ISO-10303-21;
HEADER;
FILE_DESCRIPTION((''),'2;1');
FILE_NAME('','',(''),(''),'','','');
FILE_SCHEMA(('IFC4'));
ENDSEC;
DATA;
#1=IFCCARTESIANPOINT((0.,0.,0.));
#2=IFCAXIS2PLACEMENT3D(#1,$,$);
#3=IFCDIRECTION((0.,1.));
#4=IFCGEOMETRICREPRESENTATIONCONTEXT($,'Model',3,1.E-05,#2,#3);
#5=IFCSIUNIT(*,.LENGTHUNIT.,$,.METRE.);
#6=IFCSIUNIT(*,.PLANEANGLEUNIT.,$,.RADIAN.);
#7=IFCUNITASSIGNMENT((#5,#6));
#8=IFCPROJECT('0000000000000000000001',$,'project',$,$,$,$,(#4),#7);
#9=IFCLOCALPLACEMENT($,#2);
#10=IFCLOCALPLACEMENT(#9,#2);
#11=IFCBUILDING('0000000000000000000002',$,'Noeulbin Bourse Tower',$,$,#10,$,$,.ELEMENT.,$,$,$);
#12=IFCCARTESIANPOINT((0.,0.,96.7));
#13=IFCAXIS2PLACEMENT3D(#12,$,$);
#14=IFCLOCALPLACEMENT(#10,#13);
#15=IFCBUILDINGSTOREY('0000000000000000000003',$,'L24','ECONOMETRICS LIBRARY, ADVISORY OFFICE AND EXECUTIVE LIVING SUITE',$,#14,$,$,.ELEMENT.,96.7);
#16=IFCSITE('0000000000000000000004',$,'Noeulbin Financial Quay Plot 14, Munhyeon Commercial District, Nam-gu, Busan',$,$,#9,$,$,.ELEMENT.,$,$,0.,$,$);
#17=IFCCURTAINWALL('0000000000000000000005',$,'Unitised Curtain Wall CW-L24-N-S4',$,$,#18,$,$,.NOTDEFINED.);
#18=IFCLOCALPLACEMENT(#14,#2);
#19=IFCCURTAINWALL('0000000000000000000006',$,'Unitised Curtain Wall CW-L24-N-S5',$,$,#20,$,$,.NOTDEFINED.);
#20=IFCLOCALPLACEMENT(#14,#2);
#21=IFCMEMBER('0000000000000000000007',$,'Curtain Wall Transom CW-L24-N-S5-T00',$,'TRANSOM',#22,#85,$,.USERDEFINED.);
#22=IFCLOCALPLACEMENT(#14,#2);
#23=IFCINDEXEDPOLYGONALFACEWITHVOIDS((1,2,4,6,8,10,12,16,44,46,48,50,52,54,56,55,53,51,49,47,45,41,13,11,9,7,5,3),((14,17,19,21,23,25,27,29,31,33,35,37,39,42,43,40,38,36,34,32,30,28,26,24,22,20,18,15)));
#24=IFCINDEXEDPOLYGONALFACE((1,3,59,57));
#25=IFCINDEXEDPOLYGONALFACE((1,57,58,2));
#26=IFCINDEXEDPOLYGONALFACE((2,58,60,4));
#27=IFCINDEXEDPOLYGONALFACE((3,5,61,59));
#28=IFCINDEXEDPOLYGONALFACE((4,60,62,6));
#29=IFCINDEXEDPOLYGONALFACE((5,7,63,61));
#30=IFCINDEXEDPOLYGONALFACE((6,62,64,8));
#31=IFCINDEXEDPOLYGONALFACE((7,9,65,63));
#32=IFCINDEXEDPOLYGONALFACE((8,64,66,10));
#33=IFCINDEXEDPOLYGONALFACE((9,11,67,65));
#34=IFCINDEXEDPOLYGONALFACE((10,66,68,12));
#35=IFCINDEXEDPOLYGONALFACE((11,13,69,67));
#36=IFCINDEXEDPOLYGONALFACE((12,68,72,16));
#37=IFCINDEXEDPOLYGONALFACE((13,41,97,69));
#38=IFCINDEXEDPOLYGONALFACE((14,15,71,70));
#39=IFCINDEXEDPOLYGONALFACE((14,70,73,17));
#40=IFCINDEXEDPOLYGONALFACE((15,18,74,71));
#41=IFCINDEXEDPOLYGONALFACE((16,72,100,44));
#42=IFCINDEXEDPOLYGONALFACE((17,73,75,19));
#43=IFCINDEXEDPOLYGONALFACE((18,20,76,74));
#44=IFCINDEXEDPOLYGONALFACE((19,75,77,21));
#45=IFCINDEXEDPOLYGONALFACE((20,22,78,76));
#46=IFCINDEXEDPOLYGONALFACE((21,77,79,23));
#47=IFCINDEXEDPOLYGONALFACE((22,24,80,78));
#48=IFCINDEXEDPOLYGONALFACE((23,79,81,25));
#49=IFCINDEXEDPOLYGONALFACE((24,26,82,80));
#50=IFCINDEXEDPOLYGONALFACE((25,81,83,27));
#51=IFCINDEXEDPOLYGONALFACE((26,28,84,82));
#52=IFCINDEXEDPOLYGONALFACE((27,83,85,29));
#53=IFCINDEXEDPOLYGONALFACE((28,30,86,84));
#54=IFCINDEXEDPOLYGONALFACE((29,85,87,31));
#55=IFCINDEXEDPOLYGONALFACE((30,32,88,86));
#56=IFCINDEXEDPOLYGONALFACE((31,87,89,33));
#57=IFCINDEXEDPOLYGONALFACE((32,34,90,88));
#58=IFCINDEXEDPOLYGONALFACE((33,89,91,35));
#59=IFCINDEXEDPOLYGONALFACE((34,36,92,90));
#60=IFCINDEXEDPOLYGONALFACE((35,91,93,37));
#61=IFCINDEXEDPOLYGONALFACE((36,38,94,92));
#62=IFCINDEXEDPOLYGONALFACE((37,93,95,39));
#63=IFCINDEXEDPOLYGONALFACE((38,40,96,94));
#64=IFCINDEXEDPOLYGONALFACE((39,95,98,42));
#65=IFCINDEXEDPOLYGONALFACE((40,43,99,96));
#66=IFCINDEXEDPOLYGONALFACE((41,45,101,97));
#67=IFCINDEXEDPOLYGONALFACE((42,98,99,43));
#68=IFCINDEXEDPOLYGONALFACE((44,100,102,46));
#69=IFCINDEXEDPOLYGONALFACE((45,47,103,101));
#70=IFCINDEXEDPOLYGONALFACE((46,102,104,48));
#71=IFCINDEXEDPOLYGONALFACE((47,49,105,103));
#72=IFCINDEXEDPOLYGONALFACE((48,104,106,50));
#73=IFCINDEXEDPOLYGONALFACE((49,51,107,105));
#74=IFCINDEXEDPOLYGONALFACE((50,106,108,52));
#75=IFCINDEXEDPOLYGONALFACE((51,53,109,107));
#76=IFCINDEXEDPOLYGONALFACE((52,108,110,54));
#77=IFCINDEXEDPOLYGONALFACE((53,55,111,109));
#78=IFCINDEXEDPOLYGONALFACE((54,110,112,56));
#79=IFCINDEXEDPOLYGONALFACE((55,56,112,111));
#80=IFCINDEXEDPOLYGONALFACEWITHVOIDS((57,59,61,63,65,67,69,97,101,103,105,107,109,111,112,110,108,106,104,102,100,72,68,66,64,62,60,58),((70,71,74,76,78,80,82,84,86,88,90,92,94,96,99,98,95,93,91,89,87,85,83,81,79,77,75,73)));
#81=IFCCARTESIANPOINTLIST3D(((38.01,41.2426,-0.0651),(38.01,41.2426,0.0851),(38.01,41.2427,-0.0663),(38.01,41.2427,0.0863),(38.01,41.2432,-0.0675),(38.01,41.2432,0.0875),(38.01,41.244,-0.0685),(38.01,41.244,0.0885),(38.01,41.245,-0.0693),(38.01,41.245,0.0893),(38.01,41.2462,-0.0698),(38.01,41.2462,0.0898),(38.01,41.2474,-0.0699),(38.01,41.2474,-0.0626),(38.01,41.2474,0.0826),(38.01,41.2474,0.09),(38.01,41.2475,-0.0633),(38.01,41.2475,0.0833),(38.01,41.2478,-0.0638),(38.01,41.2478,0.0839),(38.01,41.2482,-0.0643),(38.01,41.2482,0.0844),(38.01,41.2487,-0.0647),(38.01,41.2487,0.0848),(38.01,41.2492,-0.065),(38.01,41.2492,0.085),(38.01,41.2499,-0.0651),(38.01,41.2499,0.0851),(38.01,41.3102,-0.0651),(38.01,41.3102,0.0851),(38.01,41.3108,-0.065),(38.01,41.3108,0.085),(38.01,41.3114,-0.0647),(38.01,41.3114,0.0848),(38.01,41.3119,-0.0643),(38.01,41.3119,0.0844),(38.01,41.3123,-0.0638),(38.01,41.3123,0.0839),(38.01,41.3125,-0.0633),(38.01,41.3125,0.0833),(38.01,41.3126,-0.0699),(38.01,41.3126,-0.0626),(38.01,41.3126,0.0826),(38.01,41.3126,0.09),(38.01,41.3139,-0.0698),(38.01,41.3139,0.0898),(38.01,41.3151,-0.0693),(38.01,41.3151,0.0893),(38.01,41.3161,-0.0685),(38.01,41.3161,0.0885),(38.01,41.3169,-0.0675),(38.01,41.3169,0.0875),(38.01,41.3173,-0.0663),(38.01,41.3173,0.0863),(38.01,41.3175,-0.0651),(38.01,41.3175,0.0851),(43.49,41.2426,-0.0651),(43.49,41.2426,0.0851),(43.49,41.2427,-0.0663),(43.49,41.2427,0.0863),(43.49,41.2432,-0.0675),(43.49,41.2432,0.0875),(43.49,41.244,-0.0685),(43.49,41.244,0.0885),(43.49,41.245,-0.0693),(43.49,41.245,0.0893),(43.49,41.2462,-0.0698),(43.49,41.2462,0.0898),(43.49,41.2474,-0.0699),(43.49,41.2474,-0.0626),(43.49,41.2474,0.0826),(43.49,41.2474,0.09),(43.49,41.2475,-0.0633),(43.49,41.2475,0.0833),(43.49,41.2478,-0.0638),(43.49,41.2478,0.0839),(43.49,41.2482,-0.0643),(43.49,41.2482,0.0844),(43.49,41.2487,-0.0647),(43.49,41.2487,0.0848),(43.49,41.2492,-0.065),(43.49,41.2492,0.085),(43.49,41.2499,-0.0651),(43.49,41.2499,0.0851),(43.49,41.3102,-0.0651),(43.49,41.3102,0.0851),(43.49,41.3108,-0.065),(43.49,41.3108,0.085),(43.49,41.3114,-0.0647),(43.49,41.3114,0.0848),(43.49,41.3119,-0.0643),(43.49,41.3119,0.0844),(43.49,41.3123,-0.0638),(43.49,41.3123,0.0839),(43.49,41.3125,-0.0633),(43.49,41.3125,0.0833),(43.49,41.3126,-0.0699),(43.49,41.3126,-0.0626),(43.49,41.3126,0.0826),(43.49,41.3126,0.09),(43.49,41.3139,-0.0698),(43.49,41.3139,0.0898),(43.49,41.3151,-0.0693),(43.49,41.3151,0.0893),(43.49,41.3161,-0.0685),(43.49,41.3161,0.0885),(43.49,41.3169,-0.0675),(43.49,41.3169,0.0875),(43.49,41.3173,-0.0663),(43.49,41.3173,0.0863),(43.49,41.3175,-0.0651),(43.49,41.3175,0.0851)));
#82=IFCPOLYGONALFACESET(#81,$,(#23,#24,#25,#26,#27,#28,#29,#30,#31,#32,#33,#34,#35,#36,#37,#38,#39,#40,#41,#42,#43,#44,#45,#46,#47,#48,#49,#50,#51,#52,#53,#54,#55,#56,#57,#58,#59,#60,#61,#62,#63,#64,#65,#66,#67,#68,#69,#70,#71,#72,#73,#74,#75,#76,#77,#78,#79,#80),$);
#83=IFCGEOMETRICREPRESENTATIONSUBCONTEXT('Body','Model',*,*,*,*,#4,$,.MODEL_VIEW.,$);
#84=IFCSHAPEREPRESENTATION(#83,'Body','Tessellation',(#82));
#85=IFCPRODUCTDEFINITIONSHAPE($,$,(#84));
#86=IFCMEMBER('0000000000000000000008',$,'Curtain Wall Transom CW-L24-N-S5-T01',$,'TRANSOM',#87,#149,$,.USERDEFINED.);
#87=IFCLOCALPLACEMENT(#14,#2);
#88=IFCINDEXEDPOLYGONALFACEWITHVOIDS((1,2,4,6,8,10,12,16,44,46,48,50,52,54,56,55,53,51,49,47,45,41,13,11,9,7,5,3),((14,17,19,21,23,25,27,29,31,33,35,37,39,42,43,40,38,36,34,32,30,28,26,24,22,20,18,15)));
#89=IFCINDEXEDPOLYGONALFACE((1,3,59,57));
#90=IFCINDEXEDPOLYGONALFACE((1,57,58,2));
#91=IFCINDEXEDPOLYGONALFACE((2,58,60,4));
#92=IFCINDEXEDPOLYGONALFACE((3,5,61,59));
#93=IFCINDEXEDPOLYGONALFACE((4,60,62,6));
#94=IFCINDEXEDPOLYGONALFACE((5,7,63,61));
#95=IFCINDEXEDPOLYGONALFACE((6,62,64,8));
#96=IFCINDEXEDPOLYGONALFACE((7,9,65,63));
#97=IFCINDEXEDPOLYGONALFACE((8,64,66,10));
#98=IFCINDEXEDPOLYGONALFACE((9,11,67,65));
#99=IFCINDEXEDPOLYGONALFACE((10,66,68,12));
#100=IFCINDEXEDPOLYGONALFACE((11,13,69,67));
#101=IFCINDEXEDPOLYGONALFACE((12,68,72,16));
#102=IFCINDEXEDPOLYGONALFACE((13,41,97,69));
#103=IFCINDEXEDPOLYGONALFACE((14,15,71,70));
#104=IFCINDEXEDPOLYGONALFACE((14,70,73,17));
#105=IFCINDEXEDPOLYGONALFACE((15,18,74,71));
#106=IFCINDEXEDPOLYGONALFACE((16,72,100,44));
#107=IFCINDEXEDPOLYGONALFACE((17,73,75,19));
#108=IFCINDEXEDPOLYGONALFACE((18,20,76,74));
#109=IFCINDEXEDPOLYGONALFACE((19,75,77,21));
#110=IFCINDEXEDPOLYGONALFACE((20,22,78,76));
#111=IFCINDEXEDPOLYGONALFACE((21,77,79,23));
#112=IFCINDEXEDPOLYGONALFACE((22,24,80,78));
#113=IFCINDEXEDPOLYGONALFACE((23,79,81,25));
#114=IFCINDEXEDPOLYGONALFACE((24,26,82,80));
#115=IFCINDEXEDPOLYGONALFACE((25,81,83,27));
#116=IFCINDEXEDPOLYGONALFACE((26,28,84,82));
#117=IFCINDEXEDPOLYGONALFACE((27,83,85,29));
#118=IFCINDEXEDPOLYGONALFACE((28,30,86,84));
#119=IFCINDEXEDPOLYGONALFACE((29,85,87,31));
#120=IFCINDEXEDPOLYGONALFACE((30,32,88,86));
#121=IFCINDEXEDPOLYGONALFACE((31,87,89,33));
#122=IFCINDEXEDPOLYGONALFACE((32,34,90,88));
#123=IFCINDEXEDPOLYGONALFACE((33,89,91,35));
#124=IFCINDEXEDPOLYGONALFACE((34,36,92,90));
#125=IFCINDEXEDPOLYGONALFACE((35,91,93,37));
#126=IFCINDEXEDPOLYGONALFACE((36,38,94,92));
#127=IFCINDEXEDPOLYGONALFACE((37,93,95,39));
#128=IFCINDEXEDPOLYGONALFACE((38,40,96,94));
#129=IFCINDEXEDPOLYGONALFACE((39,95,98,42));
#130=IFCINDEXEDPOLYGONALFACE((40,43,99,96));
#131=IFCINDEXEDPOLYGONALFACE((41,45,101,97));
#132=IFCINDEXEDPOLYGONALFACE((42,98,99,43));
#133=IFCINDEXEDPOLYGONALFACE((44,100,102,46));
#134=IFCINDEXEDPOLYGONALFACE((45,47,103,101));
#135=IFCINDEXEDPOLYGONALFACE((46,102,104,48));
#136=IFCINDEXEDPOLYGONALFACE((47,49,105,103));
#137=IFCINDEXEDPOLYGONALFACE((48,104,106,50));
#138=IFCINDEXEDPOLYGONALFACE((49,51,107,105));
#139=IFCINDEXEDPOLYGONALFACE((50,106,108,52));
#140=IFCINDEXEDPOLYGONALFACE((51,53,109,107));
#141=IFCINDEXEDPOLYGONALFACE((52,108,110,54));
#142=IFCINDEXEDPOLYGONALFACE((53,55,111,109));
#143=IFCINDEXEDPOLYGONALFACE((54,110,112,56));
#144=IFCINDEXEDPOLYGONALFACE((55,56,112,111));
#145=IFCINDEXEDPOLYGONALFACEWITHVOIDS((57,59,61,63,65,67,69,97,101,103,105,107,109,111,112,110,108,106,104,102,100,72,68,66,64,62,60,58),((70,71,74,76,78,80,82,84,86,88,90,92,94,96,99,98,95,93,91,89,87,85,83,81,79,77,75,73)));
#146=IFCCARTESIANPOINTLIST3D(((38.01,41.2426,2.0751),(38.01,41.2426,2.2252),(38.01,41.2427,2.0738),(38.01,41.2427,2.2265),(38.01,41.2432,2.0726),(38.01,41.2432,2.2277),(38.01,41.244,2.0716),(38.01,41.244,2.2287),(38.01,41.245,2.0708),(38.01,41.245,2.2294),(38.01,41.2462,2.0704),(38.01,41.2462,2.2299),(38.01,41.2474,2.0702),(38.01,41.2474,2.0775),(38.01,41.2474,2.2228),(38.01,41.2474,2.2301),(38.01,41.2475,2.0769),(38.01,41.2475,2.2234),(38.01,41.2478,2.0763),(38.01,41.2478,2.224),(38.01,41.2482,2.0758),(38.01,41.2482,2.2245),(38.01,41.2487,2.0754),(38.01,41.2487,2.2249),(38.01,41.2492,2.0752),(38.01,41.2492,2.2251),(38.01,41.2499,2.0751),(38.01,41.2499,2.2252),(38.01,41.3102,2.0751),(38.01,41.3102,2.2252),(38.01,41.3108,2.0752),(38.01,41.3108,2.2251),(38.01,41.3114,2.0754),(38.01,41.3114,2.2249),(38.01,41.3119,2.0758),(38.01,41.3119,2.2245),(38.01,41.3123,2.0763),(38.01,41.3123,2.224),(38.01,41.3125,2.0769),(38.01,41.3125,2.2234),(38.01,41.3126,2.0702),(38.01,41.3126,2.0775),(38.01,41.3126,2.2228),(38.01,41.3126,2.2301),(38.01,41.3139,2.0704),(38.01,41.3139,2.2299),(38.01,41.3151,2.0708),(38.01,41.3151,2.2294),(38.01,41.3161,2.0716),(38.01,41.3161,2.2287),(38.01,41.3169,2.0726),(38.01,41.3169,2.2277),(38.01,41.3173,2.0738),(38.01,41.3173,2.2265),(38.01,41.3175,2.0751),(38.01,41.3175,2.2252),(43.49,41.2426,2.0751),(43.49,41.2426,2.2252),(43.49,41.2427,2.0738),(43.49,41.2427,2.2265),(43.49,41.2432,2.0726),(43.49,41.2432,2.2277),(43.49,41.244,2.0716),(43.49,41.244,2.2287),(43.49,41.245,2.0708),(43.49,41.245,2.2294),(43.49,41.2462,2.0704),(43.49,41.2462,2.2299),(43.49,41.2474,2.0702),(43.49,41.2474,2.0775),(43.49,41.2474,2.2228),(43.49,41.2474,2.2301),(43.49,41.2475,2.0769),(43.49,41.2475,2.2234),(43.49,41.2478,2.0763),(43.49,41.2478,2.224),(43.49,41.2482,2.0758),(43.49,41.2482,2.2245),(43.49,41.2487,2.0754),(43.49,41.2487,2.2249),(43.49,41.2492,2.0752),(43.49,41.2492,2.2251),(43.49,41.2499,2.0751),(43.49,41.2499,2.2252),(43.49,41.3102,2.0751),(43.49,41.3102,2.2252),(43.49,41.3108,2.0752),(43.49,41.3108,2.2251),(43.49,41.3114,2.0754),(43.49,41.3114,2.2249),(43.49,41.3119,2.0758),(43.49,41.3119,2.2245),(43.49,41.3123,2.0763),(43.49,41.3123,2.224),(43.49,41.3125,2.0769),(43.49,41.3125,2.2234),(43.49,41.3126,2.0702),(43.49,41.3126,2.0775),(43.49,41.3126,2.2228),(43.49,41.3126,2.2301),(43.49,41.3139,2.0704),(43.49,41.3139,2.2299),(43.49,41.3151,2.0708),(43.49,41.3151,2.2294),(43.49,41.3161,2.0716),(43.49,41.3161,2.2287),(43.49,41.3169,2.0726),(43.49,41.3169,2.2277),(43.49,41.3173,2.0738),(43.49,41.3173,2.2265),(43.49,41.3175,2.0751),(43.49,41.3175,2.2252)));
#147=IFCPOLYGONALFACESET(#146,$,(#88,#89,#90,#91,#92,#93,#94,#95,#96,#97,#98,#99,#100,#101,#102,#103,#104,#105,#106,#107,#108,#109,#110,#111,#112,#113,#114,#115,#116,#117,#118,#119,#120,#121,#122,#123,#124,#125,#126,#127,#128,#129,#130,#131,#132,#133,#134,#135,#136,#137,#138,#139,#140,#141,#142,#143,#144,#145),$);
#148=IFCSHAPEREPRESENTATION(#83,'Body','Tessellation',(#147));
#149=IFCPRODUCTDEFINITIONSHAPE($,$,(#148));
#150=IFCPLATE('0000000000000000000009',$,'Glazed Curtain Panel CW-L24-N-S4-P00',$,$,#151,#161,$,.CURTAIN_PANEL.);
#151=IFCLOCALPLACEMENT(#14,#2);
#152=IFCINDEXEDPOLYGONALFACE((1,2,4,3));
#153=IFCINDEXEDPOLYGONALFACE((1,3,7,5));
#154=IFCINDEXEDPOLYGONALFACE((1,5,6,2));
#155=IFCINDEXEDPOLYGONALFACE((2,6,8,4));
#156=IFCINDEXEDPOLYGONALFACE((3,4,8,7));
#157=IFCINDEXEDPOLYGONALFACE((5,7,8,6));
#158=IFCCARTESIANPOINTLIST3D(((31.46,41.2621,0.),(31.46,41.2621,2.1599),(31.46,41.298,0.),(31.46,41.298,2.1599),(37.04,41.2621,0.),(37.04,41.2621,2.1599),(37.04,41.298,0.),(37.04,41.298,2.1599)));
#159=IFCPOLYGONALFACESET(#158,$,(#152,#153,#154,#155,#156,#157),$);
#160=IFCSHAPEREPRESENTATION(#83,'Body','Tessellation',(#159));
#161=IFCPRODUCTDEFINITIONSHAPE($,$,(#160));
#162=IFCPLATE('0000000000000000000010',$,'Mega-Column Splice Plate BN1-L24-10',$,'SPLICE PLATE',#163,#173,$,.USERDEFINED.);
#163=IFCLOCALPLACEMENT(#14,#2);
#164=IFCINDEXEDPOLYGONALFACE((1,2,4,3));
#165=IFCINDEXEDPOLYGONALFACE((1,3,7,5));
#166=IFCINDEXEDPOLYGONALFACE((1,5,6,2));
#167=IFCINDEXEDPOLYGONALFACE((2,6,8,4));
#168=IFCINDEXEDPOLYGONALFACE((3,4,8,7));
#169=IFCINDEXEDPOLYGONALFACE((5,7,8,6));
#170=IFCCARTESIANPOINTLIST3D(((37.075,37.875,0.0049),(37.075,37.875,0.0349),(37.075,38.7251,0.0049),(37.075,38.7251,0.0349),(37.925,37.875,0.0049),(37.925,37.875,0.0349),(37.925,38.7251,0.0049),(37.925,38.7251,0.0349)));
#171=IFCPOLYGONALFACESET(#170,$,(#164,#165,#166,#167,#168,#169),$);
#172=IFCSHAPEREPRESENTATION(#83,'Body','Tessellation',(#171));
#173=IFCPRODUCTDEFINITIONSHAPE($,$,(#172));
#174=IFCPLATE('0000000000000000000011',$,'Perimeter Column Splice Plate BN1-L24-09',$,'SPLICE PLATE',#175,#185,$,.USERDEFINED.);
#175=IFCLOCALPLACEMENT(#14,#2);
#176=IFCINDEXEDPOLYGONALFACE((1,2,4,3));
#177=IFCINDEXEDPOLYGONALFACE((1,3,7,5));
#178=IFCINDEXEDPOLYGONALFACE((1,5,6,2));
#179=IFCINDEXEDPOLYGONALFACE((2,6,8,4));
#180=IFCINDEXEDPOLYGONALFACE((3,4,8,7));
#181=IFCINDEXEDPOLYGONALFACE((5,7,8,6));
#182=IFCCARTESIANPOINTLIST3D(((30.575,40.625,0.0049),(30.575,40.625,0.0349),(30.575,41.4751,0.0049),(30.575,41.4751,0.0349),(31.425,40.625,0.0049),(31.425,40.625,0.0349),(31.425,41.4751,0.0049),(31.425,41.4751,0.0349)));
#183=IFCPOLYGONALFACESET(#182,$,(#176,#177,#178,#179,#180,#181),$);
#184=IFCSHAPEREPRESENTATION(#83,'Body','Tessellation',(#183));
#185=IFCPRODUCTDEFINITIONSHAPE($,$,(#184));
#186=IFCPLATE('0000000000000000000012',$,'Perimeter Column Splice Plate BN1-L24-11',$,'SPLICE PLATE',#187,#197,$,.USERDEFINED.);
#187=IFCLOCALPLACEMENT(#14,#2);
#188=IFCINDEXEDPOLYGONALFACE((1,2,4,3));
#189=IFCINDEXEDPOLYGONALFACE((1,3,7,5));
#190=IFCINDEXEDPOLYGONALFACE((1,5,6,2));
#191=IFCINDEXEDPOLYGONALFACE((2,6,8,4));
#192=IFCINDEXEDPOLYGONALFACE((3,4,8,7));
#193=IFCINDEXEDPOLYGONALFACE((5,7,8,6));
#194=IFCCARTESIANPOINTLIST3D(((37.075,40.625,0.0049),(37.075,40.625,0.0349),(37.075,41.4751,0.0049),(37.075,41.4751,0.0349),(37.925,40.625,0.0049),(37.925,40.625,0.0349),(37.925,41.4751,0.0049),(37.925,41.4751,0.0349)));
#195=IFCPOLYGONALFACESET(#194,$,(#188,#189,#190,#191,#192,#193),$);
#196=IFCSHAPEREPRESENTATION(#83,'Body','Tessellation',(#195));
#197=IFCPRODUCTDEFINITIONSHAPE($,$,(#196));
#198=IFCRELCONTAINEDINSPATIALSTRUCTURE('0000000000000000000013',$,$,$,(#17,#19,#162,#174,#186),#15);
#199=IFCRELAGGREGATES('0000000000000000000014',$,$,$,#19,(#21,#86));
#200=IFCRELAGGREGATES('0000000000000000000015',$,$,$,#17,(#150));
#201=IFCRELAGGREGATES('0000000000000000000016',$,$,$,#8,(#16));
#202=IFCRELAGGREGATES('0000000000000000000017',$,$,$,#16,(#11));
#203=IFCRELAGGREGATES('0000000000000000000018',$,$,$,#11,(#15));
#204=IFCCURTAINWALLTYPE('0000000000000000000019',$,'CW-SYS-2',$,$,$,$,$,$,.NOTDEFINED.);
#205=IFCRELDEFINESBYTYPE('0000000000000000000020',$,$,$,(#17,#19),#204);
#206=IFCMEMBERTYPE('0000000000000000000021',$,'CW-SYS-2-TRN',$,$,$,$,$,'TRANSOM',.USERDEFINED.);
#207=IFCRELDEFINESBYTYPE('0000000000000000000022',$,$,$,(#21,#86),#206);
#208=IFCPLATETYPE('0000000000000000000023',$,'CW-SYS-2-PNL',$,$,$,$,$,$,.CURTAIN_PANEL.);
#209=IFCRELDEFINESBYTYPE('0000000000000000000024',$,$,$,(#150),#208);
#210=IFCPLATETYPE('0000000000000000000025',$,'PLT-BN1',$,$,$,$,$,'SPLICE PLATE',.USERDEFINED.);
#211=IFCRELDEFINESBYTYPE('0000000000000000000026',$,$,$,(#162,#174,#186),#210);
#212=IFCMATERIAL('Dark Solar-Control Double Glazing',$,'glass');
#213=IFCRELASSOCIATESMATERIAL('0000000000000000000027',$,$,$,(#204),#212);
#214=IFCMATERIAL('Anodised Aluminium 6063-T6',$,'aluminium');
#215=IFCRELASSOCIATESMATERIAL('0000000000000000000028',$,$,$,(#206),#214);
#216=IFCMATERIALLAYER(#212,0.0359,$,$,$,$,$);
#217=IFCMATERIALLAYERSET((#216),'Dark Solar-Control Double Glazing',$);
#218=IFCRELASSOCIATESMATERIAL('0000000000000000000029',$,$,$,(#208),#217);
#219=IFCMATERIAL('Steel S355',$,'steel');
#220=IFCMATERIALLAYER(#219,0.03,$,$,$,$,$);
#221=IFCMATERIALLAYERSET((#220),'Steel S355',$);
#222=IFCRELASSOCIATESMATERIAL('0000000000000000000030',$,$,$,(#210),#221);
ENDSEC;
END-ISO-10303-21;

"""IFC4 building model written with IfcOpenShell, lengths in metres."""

from ifc_helpers import new_model, si_unit, direction, frame, origin, origin_2d, place, context, subcontext, project, spatial, rectangle, hollow_rectangle, extrude, material, layer, layer_set, material_profile, profile_set, type_object, element, aggregate, save


model = new_model("IFC4")

# Units and contexts
model_context = context("Model", 3, precision=1e-05, world=origin(), true_north=direction((0.0, 1.0)))
body_context = subcontext(model_context, "Body", "Model", "MODEL_VIEW")
ifc_project = project(units=[si_unit("LENGTHUNIT", "METRE"), si_unit("PLANEANGLEUNIT", "RADIAN")], contexts=[model_context])

# Site, building, storey
site_placement = place(None, origin())
site = spatial("IfcSite", under=ifc_project, at=site_placement, Name="Noeulbin Financial Quay Plot 14, Munhyeon Commercial District, Nam-gu, Busan", CompositionType="ELEMENT", RefElevation=0.0)
building_placement = place(site_placement, origin())
building = spatial("IfcBuilding", under=site, at=building_placement, Name="Noeulbin Bourse Tower", CompositionType="ELEMENT")
storey_placement = place(building_placement, frame((0.0, 0.0, 96.7)))
storey = spatial("IfcBuildingStorey", under=building, at=storey_placement, Name="L24", Description="ECONOMETRICS LIBRARY, ADVISORY OFFICE AND EXECUTIVE LIVING SUITE", CompositionType="ELEMENT", Elevation=96.7)

# Shared definitions
ifc_material_1 = material(Name="Steel S355", Category="steel")

# Shared definitions
ifc_material_2 = material(Name="Dark Solar-Control Double Glazing", Category="glass")
curtain_wall_type = type_object("IfcCurtainWallType", Name="CW-SYS-2", PredefinedType="NOTDEFINED", material=ifc_material_2)
ifc_material_3 = material(Name="Anodised Aluminium 6063-T6", Category="aluminium")

# Curtain wall
curtain_wall_1_placement = place(storey_placement, origin())
curtain_wall_1 = element("IfcCurtainWall", 1, at=curtain_wall_1_placement, inside=storey, type_object=curtain_wall_type, Name="Unitised Curtain Wall CW-L24-N-S4", PredefinedType="NOTDEFINED")

# Curtain wall
curtain_wall_2_placement = place(storey_placement, origin())
curtain_wall_2 = element("IfcCurtainWall", 2, at=curtain_wall_2_placement, inside=storey, type_object=curtain_wall_type, Name="Unitised Curtain Wall CW-L24-N-S5", PredefinedType="NOTDEFINED")

# Members
ifc_material_profile_1 = material_profile(ifc_material_3, hollow_rectangle(XDim=0.075, YDim=0.1599, WallThickness=0.0049, InnerFilletRadius=0.0024, OuterFilletRadius=0.0049, at=origin_2d()), Name="ALU-TRAN-75x160x5", Category="LoadBearing")
ifc_profile_set_1 = profile_set([ifc_material_profile_1], Name="Anodised Aluminium 6063-T6")
member_type_1 = type_object("IfcMemberType", Name="CW-SYS-2-TRN", ElementType="TRANSOM", PredefinedType="USERDEFINED", material=ifc_profile_set_1)
member_1_placement = place(storey_placement, frame((38.01, 41.28, 0.01), z_axis=(1.0, 0.0, 0.0), x_axis=(0.0, 1.0, 0.0)))
member_1 = element("IfcMember", 3, at=member_1_placement, type_object=member_type_1, Name="Curtain Wall Transom CW-L24-N-S5-T00", ObjectType="TRANSOM", PredefinedType="USERDEFINED", context=body_context, shape_type="SweptSolid", body=[
    extrude(hollow_rectangle(XDim=0.075, YDim=0.1599, WallThickness=0.0049, InnerFilletRadius=0.0024, OuterFilletRadius=0.0049, at=origin_2d()), origin(), (0.0, 0.0, 1.0), 5.48),
])
member_2_placement = place(storey_placement, frame((38.01, 41.28, 2.1501), z_axis=(1.0, 0.0, 0.0), x_axis=(0.0, 1.0, 0.0)))
member_2 = element("IfcMember", 4, at=member_2_placement, type_object=member_type_1, Name="Curtain Wall Transom CW-L24-N-S5-T01", ObjectType="TRANSOM", PredefinedType="USERDEFINED", context=body_context, shape_type="SweptSolid", body=[
    extrude(hollow_rectangle(XDim=0.075, YDim=0.1599, WallThickness=0.0049, InnerFilletRadius=0.0024, OuterFilletRadius=0.0049, at=origin_2d()), origin(), (0.0, 0.0, 1.0), 5.48),
])
aggregate(curtain_wall_2, [member_1, member_2])

# Plate
ifc_layer_1 = layer(ifc_material_2, 0.0359)
ifc_layer_set_1 = layer_set([ifc_layer_1], Name="Dark Solar-Control Double Glazing")
plate_type_1 = type_object("IfcPlateType", Name="CW-SYS-2-PNL", PredefinedType="CURTAIN_PANEL", material=ifc_layer_set_1)
plate_placement = place(storey_placement, frame((34.25, 41.28, 0.0), z_axis=(0.0, 0.0, 1.0), x_axis=(1.0, 0.0, 0.0)))
plate = element("IfcPlate", 5, at=plate_placement, type_object=plate_type_1, Name="Glazed Curtain Panel CW-L24-N-S4-P00", PredefinedType="CURTAIN_PANEL", context=body_context, shape_type="SweptSolid", body=[
    extrude(rectangle(XDim=5.5801, YDim=0.0359, at=origin_2d()), origin(), (0.0, 0.0, 1.0), 2.1599),
])
aggregate(curtain_wall_1, [plate])

# Plates
ifc_layer_2 = layer(ifc_material_1, 0.03)
ifc_layer_set_2 = layer_set([ifc_layer_2], Name="Steel S355")
plate_type_2 = type_object("IfcPlateType", Name="PLT-BN1", ElementType="SPLICE PLATE", PredefinedType="USERDEFINED", material=ifc_layer_set_2)
for number, where, z_axis, x_axis, name in (
    (6, (37.5, 38.3, 0.0049), (0.0, 0.0, 1.0), (1.0, 0.0, 0.0), "Mega-Column Splice Plate BN1-L24-10"),
    (7, (31.0, 41.05, 0.0049), (0.0, 0.0, 1.0), (1.0, 0.0, 0.0), "Perimeter Column Splice Plate BN1-L24-09"),
    (8, (37.5, 41.05, 0.0049), (0.0, 0.0, 1.0), (1.0, 0.0, 0.0), "Perimeter Column Splice Plate BN1-L24-11"),
):
    element("IfcPlate", number, at=place(storey_placement, frame(where, z_axis=z_axis, x_axis=x_axis)), inside=storey, type_object=plate_type_2, Name=name, ObjectType="SPLICE PLATE", PredefinedType="USERDEFINED", context=body_context, shape_type="SweptSolid", body=[
        extrude(rectangle(XDim=0.8501, YDim=0.8501, at=origin_2d()), origin(), (0.0, 0.0, 1.0), 0.03),
    ])

save(model, "model.ifc")
